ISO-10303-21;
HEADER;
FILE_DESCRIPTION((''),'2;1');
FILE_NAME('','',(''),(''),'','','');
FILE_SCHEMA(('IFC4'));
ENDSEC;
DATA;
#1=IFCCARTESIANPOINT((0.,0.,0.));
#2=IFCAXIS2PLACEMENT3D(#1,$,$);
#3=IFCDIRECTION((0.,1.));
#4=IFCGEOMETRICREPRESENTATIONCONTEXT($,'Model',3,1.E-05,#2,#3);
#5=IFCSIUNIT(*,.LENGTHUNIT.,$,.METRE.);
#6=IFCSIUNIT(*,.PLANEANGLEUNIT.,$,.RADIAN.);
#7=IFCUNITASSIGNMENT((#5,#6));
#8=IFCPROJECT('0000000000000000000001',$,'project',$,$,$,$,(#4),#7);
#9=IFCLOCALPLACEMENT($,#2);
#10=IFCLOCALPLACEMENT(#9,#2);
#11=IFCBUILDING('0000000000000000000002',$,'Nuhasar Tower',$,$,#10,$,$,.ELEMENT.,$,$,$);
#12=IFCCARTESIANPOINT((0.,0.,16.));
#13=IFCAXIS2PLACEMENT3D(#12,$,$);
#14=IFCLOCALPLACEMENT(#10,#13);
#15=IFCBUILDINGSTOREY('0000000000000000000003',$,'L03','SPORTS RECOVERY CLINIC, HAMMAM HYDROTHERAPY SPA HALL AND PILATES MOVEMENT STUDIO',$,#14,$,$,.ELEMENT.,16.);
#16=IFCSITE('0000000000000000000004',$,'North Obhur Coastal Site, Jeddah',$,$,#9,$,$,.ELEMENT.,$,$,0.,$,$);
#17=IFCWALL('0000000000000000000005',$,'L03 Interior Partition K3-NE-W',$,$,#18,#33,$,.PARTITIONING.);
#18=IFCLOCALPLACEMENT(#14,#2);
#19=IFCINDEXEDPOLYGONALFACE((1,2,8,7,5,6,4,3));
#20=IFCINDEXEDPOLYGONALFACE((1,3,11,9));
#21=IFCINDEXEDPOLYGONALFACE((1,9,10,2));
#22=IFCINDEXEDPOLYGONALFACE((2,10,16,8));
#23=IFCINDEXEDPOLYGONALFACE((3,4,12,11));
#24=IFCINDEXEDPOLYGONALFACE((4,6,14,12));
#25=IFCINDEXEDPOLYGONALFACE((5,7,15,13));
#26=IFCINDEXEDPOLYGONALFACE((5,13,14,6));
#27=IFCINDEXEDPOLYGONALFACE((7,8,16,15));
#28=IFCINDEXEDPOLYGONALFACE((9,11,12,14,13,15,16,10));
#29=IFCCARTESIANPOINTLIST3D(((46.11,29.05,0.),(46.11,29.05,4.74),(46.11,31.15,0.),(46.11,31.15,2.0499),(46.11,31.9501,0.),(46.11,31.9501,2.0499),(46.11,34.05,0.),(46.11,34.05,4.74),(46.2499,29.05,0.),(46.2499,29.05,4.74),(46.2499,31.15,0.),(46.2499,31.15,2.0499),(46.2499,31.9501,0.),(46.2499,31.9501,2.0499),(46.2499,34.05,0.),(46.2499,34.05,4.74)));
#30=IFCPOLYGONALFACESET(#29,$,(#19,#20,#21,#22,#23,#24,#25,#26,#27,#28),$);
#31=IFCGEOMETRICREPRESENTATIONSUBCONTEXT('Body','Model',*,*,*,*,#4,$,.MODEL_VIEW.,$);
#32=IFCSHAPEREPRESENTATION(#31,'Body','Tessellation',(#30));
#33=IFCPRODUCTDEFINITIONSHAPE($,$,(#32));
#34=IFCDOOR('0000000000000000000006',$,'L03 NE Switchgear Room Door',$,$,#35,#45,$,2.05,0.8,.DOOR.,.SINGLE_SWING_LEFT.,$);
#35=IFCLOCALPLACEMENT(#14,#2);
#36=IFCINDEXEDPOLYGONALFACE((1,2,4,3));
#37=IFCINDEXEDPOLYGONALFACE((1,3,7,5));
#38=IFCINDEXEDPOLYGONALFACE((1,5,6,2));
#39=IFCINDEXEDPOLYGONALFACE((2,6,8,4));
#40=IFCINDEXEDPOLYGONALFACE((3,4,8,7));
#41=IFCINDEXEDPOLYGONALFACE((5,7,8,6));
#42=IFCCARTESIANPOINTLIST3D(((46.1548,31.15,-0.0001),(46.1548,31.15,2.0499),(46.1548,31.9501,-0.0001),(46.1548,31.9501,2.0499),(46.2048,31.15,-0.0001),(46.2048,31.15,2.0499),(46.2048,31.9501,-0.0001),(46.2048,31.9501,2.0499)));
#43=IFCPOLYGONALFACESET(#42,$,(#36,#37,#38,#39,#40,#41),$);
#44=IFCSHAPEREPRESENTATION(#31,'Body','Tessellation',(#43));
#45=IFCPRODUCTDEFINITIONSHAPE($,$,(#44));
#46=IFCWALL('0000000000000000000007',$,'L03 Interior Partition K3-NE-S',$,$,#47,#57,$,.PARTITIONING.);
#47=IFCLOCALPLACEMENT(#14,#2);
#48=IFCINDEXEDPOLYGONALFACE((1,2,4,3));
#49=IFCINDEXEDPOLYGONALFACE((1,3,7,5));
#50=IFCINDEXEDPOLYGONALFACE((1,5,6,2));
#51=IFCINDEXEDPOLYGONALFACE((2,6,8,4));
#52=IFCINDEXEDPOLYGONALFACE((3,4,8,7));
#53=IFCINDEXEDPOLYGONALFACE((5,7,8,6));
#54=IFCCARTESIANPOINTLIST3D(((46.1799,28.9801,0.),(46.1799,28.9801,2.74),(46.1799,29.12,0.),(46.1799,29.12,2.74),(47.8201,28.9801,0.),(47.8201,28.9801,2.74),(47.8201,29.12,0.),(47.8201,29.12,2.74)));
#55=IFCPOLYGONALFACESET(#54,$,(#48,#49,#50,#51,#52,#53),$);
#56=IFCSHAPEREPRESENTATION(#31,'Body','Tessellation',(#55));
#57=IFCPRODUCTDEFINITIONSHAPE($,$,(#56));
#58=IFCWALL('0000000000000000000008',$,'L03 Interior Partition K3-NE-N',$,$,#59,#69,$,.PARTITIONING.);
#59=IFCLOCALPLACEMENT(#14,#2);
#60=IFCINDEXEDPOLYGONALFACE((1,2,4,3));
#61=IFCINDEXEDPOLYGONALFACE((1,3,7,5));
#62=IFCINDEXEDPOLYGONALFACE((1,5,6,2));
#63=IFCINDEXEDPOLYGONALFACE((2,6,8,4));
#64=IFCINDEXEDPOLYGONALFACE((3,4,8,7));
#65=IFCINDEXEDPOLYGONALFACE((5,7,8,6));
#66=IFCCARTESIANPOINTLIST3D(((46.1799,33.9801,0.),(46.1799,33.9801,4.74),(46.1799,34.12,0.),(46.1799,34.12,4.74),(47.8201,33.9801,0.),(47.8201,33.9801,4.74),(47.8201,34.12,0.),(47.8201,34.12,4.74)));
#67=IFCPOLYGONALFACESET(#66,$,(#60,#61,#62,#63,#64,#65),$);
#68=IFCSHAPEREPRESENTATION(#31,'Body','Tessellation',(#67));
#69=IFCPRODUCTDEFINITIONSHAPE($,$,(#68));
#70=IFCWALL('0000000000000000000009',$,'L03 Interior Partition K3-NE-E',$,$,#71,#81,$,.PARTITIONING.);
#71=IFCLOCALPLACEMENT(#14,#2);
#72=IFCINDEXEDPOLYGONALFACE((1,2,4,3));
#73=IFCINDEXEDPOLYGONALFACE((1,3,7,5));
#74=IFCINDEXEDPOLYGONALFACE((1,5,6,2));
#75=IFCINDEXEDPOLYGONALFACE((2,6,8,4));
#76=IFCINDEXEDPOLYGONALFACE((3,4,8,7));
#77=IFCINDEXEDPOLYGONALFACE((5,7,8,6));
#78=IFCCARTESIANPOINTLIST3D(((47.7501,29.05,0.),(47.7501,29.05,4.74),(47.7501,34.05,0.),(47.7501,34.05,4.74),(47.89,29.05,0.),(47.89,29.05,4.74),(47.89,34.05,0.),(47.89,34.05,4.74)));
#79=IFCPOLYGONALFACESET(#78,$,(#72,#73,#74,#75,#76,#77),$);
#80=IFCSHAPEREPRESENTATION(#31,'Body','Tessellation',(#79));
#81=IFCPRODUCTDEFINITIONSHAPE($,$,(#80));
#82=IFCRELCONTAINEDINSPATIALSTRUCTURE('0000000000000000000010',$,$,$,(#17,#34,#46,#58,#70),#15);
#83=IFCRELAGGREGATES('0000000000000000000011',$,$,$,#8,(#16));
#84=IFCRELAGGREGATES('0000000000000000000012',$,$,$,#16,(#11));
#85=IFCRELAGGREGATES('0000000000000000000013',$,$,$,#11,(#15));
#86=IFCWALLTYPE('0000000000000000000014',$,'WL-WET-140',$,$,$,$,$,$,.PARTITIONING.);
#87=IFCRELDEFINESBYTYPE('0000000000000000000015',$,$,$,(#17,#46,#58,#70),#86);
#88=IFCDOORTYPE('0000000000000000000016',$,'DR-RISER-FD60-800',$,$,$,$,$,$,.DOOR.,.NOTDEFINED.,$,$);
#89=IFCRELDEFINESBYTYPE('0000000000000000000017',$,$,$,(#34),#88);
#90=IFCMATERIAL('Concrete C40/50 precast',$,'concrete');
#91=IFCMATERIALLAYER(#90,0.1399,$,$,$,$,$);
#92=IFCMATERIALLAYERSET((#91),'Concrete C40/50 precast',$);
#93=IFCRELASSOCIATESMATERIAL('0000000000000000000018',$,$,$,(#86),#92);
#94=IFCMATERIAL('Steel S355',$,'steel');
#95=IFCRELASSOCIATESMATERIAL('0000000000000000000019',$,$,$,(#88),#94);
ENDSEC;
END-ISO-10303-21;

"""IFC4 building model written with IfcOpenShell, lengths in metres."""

from ifc_helpers import new_model, si_unit, direction, frame, frame_2d, origin, place, context, subcontext, project, spatial, rectangle, extrude, material, layer, layer_set, type_object, element, fill, save


model = new_model("IFC4")

# Units and contexts
model_context = context("Model", 3, precision=1e-05, world=origin(), true_north=direction((0.0, 1.0)))
body_context = subcontext(model_context, "Body", "Model", "MODEL_VIEW")
ifc_project = project(units=[si_unit("LENGTHUNIT", "METRE"), si_unit("PLANEANGLEUNIT", "RADIAN")], contexts=[model_context])

# Site, building, storey
site_placement = place(None, origin())
site = spatial("IfcSite", under=ifc_project, at=site_placement, Name="North Obhur Coastal Site, Jeddah", CompositionType="ELEMENT", RefElevation=0.0)
building_placement = place(site_placement, origin())
building = spatial("IfcBuilding", under=site, at=building_placement, Name="Nuhasar Tower", CompositionType="ELEMENT")
storey_placement = place(building_placement, frame((0.0, 0.0, 16.0)))
storey = spatial("IfcBuildingStorey", under=building, at=storey_placement, Name="L03", Description="SPORTS RECOVERY CLINIC, HAMMAM HYDROTHERAPY SPA HALL AND PILATES MOVEMENT STUDIO", CompositionType="ELEMENT", Elevation=16.0)

# Shared definitions
ifc_material_1 = material(Name="Steel S355", Category="steel")

# Shared definitions
ifc_material_2 = material(Name="Concrete C40/50 precast", Category="concrete")

# Wall, opening, door
ifc_layer_1 = layer(ifc_material_2, 0.1399)
ifc_layer_set_1 = layer_set([ifc_layer_1], Name="Concrete C40/50 precast")
wall_type_1 = type_object("IfcWallType", Name="WL-WET-140", PredefinedType="PARTITIONING", material=ifc_layer_set_1)
wall_1_placement = place(storey_placement, frame((46.1799, 34.05, 0.0), z_axis=(0.0, 0.0, 1.0), x_axis=(0.0, -1.0, 0.0)))
wall_1 = element("IfcWall", 1, at=wall_1_placement, inside=storey, type_object=wall_type_1, Name="L03 Interior Partition K3-NE-W", PredefinedType="PARTITIONING", context=body_context, shape_type="SweptSolid", body=[
    extrude(rectangle(XDim=5.0, YDim=0.1399, at=frame_2d((2.5, 0.0))), origin(), (0.0, 0.0, 1.0), 4.74),
])
opening_1_placement = place(wall_1_placement, frame((2.1001, 0.0, 0.0)))
opening_1 = element("IfcOpeningElement", 2, at=opening_1_placement, cuts=wall_1, PredefinedType="OPENING", context=body_context, shape_type="SweptSolid", body=[
    extrude(rectangle(XDim=0.8, YDim=2.05, at=frame_2d((0.3999, 1.0249))), frame((0.0, 0.0801, 0.0), z_axis=(0.0, -1.0, 0.0), x_axis=(1.0, 0.0, 0.0)), (0.0, 0.0, 1.0), 0.1599),
])
door_type_1 = type_object("IfcDoorType", Name="DR-RISER-FD60-800", OperationType="NOTDEFINED", PredefinedType="DOOR", material=ifc_material_1)
door_1_placement = place(opening_1_placement, origin())
door_1 = element("IfcDoor", 3, at=door_1_placement, inside=storey, type_object=door_type_1, Name="L03 NE Switchgear Room Door", OperationType="SINGLE_SWING_LEFT", OverallHeight=2.05, OverallWidth=0.8, PredefinedType="DOOR", context=body_context, shape_type="SweptSolid", body=[
    extrude(rectangle(XDim=0.8, YDim=2.05, at=frame_2d((0.3999, 1.0249))), frame((0.0, 0.0249, 0.0), z_axis=(0.0, -1.0, 0.0), x_axis=(1.0, 0.0, 0.0)), (0.0, 0.0, 1.0), 0.05),
])
fill(opening_1, door_1)

# Walls
wall_2_placement = place(storey_placement, frame((46.1799, 29.05, 0.0), z_axis=(0.0, 0.0, 1.0), x_axis=(1.0, 0.0, 0.0)))
element("IfcWall", 4, at=wall_2_placement, inside=storey, type_object=wall_type_1, Name="L03 Interior Partition K3-NE-S", PredefinedType="PARTITIONING", context=body_context, shape_type="SweptSolid", body=[
    extrude(rectangle(XDim=1.6401, YDim=0.1399, at=frame_2d((0.8201, 0.0))), origin(), (0.0, 0.0, 1.0), 2.74),
])
wall_3_placement = place(storey_placement, frame((46.1799, 34.05, 0.0), z_axis=(0.0, 0.0, 1.0), x_axis=(1.0, 0.0, 0.0)))
element("IfcWall", 5, at=wall_3_placement, inside=storey, type_object=wall_type_1, Name="L03 Interior Partition K3-NE-N", PredefinedType="PARTITIONING", context=body_context, shape_type="SweptSolid", body=[
    extrude(rectangle(XDim=1.6401, YDim=0.1399, at=frame_2d((0.8201, 0.0))), origin(), (0.0, 0.0, 1.0), 4.74),
])
wall_4_placement = place(storey_placement, frame((47.8201, 29.05, 0.0), z_axis=(0.0, 0.0, 1.0), x_axis=(0.0, 1.0, 0.0)))
element("IfcWall", 6, at=wall_4_placement, inside=storey, type_object=wall_type_1, Name="L03 Interior Partition K3-NE-E", PredefinedType="PARTITIONING", context=body_context, shape_type="SweptSolid", body=[
    extrude(rectangle(XDim=5.0, YDim=0.1399, at=frame_2d((2.5, 0.0))), origin(), (0.0, 0.0, 1.0), 4.74),
])

save(model, "model.ifc")
